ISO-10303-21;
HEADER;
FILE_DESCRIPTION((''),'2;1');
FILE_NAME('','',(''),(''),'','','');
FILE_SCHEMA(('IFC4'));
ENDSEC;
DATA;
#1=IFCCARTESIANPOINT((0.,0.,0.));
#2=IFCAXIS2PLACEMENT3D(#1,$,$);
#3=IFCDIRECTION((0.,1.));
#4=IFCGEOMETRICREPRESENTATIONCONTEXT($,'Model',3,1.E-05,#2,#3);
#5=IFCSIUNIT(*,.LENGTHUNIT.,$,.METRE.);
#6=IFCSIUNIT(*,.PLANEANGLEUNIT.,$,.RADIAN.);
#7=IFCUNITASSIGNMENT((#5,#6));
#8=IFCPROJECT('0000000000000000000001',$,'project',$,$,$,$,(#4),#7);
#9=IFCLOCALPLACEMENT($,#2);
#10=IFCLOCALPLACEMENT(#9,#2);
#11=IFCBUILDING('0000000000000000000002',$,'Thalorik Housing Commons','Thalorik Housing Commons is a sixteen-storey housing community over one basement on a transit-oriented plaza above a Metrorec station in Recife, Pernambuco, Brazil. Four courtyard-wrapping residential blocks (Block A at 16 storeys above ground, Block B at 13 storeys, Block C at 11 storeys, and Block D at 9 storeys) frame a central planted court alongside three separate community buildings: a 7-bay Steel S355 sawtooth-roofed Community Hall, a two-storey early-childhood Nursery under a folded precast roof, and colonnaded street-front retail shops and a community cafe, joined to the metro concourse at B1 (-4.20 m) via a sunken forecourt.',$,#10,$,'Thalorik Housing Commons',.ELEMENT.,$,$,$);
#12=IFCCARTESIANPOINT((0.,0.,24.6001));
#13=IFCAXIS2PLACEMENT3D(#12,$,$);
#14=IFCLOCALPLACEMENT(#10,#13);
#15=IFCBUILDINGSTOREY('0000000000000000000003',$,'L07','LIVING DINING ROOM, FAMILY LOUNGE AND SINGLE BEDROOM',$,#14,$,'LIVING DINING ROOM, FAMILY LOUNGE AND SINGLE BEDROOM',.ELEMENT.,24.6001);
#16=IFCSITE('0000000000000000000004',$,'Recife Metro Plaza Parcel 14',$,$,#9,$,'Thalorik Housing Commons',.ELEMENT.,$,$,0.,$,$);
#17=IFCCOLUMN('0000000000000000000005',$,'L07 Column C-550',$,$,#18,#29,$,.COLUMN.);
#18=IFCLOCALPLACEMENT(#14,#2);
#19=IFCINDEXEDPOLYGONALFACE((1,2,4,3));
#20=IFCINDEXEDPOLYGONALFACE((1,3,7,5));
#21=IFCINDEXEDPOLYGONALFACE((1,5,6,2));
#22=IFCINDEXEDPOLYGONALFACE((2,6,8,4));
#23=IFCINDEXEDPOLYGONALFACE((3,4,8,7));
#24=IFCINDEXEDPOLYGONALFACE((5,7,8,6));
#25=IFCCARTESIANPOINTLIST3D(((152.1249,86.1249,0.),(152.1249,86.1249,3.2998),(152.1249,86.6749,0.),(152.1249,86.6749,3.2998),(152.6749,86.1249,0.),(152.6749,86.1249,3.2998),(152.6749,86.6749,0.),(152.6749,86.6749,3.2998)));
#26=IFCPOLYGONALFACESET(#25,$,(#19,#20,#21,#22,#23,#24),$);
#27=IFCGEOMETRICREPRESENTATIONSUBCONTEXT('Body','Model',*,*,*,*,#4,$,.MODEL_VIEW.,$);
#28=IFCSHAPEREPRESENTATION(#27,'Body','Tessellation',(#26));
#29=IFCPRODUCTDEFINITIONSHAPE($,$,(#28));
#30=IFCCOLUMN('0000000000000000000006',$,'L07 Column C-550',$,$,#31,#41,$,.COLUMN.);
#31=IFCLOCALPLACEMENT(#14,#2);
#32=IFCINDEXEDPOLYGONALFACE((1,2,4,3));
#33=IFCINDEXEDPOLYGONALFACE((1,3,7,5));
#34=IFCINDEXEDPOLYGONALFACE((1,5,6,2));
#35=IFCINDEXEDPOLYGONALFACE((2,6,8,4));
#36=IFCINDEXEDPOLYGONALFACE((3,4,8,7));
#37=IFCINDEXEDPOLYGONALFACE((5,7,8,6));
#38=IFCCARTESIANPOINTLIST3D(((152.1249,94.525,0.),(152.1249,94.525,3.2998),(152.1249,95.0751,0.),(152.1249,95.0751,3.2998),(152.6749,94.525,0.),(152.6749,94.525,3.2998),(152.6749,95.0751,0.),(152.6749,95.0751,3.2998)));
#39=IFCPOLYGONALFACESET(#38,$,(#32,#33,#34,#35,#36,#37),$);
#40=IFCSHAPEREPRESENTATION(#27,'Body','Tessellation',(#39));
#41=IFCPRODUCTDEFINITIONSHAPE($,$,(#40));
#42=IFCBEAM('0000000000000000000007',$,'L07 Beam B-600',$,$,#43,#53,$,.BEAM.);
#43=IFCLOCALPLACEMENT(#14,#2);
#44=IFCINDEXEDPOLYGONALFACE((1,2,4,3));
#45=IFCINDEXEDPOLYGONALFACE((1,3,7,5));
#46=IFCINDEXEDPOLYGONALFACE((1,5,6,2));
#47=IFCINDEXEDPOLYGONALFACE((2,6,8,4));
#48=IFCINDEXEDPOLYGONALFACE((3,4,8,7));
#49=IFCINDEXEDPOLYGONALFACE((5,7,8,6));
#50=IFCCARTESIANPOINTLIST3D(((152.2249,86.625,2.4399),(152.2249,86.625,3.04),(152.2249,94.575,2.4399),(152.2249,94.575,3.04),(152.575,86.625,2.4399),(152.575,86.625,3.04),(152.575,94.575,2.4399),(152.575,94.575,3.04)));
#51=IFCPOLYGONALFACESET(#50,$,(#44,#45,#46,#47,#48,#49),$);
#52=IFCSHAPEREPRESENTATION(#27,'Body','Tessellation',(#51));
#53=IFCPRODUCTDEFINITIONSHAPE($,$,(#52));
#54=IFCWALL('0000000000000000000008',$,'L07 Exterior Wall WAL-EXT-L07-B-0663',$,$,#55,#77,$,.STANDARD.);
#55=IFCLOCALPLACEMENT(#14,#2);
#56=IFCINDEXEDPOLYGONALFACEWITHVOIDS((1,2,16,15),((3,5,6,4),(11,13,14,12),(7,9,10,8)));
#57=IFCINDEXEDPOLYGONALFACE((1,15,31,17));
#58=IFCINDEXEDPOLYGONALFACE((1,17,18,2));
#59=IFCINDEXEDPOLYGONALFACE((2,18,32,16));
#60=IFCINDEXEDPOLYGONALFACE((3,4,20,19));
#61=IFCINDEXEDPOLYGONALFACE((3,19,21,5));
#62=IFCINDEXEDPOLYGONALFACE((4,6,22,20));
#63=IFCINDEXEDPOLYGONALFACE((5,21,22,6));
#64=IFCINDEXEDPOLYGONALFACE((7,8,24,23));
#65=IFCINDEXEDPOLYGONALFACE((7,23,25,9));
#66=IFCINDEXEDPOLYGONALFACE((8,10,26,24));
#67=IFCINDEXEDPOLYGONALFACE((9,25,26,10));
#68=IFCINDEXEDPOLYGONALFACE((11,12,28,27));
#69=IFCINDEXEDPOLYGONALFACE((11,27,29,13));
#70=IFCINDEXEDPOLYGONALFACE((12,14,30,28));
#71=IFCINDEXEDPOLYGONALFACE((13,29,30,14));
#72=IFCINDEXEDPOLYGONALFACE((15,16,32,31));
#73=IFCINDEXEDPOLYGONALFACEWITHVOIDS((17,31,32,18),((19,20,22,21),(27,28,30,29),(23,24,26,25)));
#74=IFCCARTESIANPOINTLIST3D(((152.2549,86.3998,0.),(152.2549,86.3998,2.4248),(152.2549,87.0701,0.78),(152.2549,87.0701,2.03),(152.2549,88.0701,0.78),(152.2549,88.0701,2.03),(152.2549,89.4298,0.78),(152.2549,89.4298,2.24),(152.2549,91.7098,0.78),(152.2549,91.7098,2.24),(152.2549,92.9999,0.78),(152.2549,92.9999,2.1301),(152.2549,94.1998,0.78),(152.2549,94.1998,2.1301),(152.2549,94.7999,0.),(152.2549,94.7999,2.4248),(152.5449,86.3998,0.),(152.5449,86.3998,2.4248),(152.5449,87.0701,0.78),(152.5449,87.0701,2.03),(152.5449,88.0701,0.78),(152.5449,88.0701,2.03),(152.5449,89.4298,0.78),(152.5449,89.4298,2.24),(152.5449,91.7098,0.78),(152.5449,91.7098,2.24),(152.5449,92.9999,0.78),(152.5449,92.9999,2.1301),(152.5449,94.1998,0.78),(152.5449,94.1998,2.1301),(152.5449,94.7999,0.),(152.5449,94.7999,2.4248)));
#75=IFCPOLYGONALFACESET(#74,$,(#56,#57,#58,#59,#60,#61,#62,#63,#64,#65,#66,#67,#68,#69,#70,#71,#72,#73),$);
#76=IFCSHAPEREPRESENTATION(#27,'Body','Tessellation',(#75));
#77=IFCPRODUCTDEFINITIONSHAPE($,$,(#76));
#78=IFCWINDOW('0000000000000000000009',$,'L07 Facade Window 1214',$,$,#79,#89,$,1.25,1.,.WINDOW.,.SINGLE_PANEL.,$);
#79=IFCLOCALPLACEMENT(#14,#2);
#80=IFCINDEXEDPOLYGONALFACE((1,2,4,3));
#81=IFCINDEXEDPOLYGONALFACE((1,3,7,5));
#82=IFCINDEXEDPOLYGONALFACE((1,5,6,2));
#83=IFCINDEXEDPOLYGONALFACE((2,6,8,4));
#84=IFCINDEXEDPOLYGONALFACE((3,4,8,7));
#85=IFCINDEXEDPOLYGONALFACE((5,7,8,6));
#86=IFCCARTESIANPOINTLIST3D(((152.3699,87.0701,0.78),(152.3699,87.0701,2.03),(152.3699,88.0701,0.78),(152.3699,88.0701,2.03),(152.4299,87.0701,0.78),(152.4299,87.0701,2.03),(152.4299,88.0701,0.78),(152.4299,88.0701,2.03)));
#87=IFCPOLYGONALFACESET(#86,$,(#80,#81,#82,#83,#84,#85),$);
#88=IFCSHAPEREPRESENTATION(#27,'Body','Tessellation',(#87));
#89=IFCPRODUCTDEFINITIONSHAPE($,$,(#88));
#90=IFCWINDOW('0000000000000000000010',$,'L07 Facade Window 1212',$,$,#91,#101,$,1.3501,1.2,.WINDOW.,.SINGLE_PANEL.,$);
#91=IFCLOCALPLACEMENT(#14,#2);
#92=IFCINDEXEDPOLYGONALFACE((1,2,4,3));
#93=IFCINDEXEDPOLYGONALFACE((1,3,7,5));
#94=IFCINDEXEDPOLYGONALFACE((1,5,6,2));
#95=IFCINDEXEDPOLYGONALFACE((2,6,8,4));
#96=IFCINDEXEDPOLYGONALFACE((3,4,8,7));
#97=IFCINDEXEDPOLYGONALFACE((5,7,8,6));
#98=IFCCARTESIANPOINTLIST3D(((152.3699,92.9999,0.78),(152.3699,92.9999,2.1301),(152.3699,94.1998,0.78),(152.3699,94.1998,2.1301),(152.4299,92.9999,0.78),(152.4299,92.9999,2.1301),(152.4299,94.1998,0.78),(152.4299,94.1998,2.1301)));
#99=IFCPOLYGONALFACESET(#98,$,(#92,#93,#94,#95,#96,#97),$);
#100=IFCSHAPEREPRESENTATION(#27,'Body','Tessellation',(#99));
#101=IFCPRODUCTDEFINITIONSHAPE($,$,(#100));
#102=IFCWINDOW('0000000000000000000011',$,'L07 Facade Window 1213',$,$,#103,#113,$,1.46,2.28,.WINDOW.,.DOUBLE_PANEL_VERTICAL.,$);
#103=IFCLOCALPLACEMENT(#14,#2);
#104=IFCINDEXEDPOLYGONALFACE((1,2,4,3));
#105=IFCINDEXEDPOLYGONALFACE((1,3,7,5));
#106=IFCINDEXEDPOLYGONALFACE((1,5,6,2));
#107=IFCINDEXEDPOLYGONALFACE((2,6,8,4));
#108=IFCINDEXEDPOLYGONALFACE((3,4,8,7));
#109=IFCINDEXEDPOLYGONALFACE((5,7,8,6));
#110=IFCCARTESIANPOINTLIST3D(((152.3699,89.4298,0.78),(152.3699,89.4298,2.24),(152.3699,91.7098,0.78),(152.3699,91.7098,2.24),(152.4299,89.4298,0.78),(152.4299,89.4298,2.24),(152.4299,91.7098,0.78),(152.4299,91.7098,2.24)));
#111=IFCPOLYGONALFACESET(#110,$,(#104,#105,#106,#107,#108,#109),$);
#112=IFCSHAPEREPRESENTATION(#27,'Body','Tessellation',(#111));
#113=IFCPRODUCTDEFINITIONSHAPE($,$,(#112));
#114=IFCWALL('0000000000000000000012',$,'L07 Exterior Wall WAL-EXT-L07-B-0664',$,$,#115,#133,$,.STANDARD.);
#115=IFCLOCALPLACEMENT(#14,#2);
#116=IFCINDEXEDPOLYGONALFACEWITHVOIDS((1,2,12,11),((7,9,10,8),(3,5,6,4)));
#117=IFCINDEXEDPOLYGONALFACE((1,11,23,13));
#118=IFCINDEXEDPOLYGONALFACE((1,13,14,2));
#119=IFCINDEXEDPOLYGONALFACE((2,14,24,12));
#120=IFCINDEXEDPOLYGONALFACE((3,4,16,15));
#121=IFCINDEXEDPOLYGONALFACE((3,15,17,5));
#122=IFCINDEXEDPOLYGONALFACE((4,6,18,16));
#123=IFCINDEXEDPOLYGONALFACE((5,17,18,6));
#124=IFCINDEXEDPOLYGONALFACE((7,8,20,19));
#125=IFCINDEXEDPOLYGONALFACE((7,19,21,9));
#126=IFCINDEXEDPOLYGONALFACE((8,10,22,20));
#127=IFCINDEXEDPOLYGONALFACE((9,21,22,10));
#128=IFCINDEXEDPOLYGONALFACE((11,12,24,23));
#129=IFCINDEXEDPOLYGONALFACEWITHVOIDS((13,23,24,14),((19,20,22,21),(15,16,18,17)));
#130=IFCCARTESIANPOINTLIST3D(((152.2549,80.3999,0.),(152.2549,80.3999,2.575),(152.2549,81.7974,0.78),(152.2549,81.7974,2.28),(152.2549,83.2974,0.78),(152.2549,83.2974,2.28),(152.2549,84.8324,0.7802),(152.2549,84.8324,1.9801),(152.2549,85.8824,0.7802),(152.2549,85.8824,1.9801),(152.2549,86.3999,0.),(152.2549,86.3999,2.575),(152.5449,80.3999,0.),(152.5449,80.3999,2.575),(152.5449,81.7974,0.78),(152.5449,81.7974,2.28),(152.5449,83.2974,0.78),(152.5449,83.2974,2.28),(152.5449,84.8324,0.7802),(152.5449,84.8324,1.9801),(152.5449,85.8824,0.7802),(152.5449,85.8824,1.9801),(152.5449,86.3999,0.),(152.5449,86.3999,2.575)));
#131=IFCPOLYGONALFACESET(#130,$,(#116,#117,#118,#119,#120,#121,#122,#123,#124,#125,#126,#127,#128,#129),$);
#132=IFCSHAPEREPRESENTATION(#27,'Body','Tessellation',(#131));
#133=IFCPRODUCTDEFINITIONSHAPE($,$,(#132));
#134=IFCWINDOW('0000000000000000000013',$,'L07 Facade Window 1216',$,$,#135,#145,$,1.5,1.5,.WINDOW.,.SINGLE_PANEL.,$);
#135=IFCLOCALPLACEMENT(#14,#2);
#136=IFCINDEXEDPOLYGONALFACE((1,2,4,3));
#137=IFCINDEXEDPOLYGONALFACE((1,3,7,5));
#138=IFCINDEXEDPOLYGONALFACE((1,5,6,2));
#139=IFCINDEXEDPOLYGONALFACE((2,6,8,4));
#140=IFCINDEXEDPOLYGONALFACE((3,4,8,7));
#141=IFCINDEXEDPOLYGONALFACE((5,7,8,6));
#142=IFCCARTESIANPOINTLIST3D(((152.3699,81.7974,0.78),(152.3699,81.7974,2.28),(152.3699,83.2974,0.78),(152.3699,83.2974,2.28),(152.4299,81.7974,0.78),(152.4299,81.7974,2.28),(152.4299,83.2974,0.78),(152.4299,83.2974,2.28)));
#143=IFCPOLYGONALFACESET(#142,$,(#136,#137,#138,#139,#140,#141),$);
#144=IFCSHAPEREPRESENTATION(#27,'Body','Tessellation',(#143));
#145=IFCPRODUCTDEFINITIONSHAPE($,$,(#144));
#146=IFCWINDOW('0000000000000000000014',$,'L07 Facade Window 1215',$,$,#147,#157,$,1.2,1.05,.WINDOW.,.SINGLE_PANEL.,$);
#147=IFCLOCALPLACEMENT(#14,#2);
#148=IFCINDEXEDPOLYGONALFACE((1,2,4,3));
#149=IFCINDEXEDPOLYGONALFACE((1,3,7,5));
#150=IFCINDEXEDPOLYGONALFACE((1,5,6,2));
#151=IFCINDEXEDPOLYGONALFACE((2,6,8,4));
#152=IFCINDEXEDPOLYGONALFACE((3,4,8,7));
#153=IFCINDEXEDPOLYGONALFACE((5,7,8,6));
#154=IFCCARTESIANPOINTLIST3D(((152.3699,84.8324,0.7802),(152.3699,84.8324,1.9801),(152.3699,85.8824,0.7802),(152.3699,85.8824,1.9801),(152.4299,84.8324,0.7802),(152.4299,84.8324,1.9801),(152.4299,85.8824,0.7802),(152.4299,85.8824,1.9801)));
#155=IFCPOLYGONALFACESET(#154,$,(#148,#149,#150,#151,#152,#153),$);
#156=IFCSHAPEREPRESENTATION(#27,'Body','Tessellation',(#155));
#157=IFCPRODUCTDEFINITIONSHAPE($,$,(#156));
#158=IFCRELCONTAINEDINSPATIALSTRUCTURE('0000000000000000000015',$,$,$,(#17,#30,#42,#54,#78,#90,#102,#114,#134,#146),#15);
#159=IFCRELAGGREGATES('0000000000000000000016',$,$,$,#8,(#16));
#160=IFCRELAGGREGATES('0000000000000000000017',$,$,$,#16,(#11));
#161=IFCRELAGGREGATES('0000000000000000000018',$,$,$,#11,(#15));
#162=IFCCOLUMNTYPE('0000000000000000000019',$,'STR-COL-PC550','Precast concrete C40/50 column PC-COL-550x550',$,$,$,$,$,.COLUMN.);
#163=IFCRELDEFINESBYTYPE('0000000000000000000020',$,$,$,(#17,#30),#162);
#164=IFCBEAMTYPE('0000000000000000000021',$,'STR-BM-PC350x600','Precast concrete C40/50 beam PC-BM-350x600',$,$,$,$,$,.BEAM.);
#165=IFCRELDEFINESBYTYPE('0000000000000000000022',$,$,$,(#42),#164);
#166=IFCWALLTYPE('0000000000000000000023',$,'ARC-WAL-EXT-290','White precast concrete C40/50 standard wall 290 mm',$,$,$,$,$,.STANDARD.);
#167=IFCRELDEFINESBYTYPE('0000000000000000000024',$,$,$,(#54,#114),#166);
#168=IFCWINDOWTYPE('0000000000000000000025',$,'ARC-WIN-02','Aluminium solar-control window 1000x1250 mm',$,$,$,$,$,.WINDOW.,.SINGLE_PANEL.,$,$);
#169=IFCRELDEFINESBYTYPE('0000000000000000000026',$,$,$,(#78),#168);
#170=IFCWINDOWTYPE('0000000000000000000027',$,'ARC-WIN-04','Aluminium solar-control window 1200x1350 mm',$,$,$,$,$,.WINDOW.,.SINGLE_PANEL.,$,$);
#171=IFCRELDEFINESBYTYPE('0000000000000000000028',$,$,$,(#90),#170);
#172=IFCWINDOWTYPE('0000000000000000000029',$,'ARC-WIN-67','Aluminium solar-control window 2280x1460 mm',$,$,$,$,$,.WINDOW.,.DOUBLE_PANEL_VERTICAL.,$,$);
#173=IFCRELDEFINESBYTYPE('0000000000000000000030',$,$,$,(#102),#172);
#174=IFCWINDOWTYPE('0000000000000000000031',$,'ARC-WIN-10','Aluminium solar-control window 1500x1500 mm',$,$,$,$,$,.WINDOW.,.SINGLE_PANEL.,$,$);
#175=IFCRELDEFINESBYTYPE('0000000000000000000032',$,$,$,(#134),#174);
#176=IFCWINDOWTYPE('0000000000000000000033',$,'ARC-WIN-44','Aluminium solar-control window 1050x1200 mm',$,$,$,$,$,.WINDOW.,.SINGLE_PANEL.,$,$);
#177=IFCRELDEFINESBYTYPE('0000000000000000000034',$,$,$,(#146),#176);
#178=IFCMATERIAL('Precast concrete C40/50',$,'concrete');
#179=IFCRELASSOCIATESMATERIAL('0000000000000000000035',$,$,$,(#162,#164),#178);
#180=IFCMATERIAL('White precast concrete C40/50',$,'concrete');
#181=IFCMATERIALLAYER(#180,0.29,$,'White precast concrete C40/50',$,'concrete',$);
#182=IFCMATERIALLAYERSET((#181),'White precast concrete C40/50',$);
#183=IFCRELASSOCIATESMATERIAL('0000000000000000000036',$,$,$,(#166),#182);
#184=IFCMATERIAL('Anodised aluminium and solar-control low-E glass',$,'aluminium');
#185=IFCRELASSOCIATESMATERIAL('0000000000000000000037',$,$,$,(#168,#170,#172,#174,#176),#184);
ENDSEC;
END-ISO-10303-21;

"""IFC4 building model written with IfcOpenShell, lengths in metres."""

from ifc_helpers import new_model, si_unit, direction, frame, frame_2d, origin, origin_2d, place, context, subcontext, project, spatial, rectangle, extrude, material, layer, layer_set, material_profile, profile_set, type_object, element, fill, save


model = new_model("IFC4")

# Units and contexts
model_context = context("Model", 3, precision=1e-05, world=origin(), true_north=direction((0.0, 1.0)))
body_context = subcontext(model_context, "Body", "Model", "MODEL_VIEW")
ifc_project = project(units=[si_unit("LENGTHUNIT", "METRE"), si_unit("PLANEANGLEUNIT", "RADIAN")], contexts=[model_context])

# Site, building, storey
site_placement = place(None, origin())
site = spatial("IfcSite", under=ifc_project, at=site_placement, Name="Recife Metro Plaza Parcel 14", LongName="Thalorik Housing Commons", CompositionType="ELEMENT", RefElevation=0.0)
building_placement = place(site_placement, origin())
building = spatial("IfcBuilding", under=site, at=building_placement, Name="Thalorik Housing Commons", Description="Thalorik Housing Commons is a sixteen-storey housing community over one basement on a transit-oriented plaza above a Metrorec station in Recife, Pernambuco, Brazil. Four courtyard-wrapping residential blocks (Block A at 16 storeys above ground, Block B at 13 storeys, Block C at 11 storeys, and Block D at 9 storeys) frame a central planted court alongside three separate community buildings: a 7-bay Steel S355 sawtooth-roofed Community Hall, a two-storey early-childhood Nursery under a folded precast roof, and colonnaded street-front retail shops and a community cafe, joined to the metro concourse at B1 (-4.20 m) via a sunken forecourt.", LongName="Thalorik Housing Commons", CompositionType="ELEMENT")
storey_placement = place(building_placement, frame((0.0, 0.0, 24.6001)))
storey = spatial("IfcBuildingStorey", under=building, at=storey_placement, Name="L07", Description="LIVING DINING ROOM, FAMILY LOUNGE AND SINGLE BEDROOM", LongName="LIVING DINING ROOM, FAMILY LOUNGE AND SINGLE BEDROOM", CompositionType="ELEMENT", Elevation=24.6001)

# Columns
ifc_material_1 = material(Name="Precast concrete C40/50", Category="concrete")
ifc_material_profile_1 = material_profile(ifc_material_1, rectangle(XDim=0.55, YDim=0.55, at=origin_2d()), Name="PC 550x550", Category="concrete")
ifc_profile_set_1 = profile_set([ifc_material_profile_1], Name="Precast concrete C40/50")
column_type = type_object("IfcColumnType", Name="STR-COL-PC550", Description="Precast concrete C40/50 column PC-COL-550x550", PredefinedType="COLUMN", material=ifc_profile_set_1)
for number, where, z_axis, x_axis, name in (
    (1, (152.3999, 86.3999, 0.0), (0.0, 0.0, 1.0), (1.0, 0.0, 0.0), "L07 Column C-550"),
    (2, (152.3999, 94.8, 0.0), (0.0, 0.0, 1.0), (1.0, 0.0, 0.0), "L07 Column C-550"),
):
    element("IfcColumn", number, at=place(storey_placement, frame(where, z_axis=z_axis, x_axis=x_axis)), inside=storey, type_object=column_type, Name=name, PredefinedType="COLUMN", context=body_context, shape_type="SweptSolid", body=[
        extrude(rectangle(XDim=0.55, YDim=0.55, at=origin_2d()), origin(), (0.0, 0.0, 1.0), 3.2998),
    ])

# Beam
ifc_material_profile_2 = material_profile(ifc_material_1, rectangle(XDim=0.3501, YDim=0.6001, at=origin_2d()), Name="PC 350x600", Category="concrete")
ifc_profile_set_2 = profile_set([ifc_material_profile_2], Name="Precast concrete C40/50")
beam_type = type_object("IfcBeamType", Name="STR-BM-PC350x600", Description="Precast concrete C40/50 beam PC-BM-350x600", PredefinedType="BEAM", material=ifc_profile_set_2)
beam_placement = place(storey_placement, frame((152.3999, 86.625, 2.74), z_axis=(0.0, 1.0, 0.0), x_axis=(-1.0, 0.0, 0.0)))
element("IfcBeam", 3, at=beam_placement, inside=storey, type_object=beam_type, Name="L07 Beam B-600", PredefinedType="BEAM", context=body_context, shape_type="SweptSolid", body=[
    extrude(rectangle(XDim=0.3501, YDim=0.6001, at=origin_2d()), origin(), (0.0, 0.0, 1.0), 7.95),
])

# Walls, openings, windows
ifc_material_2 = material(Name="White precast concrete C40/50", Category="concrete")
ifc_layer_1 = layer(ifc_material_2, 0.29, Name="White precast concrete C40/50", Category="concrete")
ifc_layer_set_1 = layer_set([ifc_layer_1], Name="White precast concrete C40/50")
wall_type_1 = type_object("IfcWallType", Name="ARC-WAL-EXT-290", Description="White precast concrete C40/50 standard wall 290 mm", PredefinedType="STANDARD", material=ifc_layer_set_1)
wall_1_placement = place(storey_placement, frame((152.3999, 94.8, 0.0), z_axis=(0.0, 0.0, 1.0), x_axis=(0.0, -1.0, 0.0)))
wall_1 = element("IfcWall", 4, at=wall_1_placement, inside=storey, type_object=wall_type_1, Name="L07 Exterior Wall WAL-EXT-L07-B-0663", PredefinedType="STANDARD", context=body_context, shape_type="SweptSolid", body=[
    extrude(rectangle(XDim=8.4001, YDim=0.29, at=frame_2d((4.2002, 0.0))), origin(), (0.0, 0.0, 1.0), 2.4248),
])
opening_1_placement = place(wall_1_placement, frame((0.6001, 0.0, 0.78)))
opening_1 = element("IfcOpeningElement", 5, at=opening_1_placement, cuts=wall_1, PredefinedType="OPENING", context=body_context, shape_type="SweptSolid", body=[
    extrude(rectangle(XDim=1.2, YDim=1.3501, at=frame_2d((0.6001, 0.675))), frame((0.0, 0.155, 0.0), z_axis=(0.0, -1.0, 0.0), x_axis=(1.0, 0.0, 0.0)), (0.0, 0.0, 1.0), 0.3101),
])
opening_2_placement = place(wall_1_placement, frame((3.0901, 0.0, 0.78)))
opening_2 = element("IfcOpeningElement", 6, at=opening_2_placement, cuts=wall_1, PredefinedType="OPENING", context=body_context, shape_type="SweptSolid", body=[
    extrude(rectangle(XDim=2.28, YDim=1.46, at=frame_2d((1.1401, 0.73))), frame((0.0, 0.155, 0.0), z_axis=(0.0, -1.0, 0.0), x_axis=(1.0, 0.0, 0.0)), (0.0, 0.0, 1.0), 0.3101),
])
opening_3_placement = place(wall_1_placement, frame((6.73, 0.0, 0.78)))
opening_3 = element("IfcOpeningElement", 7, at=opening_3_placement, cuts=wall_1, PredefinedType="OPENING", context=body_context, shape_type="SweptSolid", body=[
    extrude(rectangle(XDim=1.0, YDim=1.25, at=frame_2d((0.5, 0.625))), frame((0.0, 0.155, 0.0), z_axis=(0.0, -1.0, 0.0), x_axis=(1.0, 0.0, 0.0)), (0.0, 0.0, 1.0), 0.3101),
])
ifc_material_3 = material(Name="Anodised aluminium and solar-control low-E glass", Category="aluminium")
window_type_1 = type_object("IfcWindowType", Name="ARC-WIN-02", Description="Aluminium solar-control window 1000x1250 mm", PartitioningType="SINGLE_PANEL", PredefinedType="WINDOW", material=ifc_material_3)
window_1_placement = place(opening_3_placement, origin())
window_1 = element("IfcWindow", 8, at=window_1_placement, inside=storey, type_object=window_type_1, Name="L07 Facade Window 1214", OverallHeight=1.25, OverallWidth=1.0, PartitioningType="SINGLE_PANEL", PredefinedType="WINDOW", context=body_context, shape_type="SweptSolid", body=[
    extrude(rectangle(XDim=1.0, YDim=1.25, at=frame_2d((0.5, 0.625))), frame((0.0, 0.03, 0.0), z_axis=(0.0, -1.0, 0.0), x_axis=(1.0, 0.0, 0.0)), (0.0, 0.0, 1.0), 0.0601),
])
fill(opening_3, window_1)
window_type_2 = type_object("IfcWindowType", Name="ARC-WIN-04", Description="Aluminium solar-control window 1200x1350 mm", PartitioningType="SINGLE_PANEL", PredefinedType="WINDOW", material=ifc_material_3)
window_2_placement = place(opening_1_placement, origin())
window_2 = element("IfcWindow", 9, at=window_2_placement, inside=storey, type_object=window_type_2, Name="L07 Facade Window 1212", OverallHeight=1.3501, OverallWidth=1.2, PartitioningType="SINGLE_PANEL", PredefinedType="WINDOW", context=body_context, shape_type="SweptSolid", body=[
    extrude(rectangle(XDim=1.2, YDim=1.3501, at=frame_2d((0.6001, 0.675))), frame((0.0, 0.03, 0.0), z_axis=(0.0, -1.0, 0.0), x_axis=(1.0, 0.0, 0.0)), (0.0, 0.0, 1.0), 0.0601),
])
fill(opening_1, window_2)
window_type_3 = type_object("IfcWindowType", Name="ARC-WIN-67", Description="Aluminium solar-control window 2280x1460 mm", PartitioningType="DOUBLE_PANEL_VERTICAL", PredefinedType="WINDOW", material=ifc_material_3)
window_3_placement = place(opening_2_placement, origin())
window_3 = element("IfcWindow", 10, at=window_3_placement, inside=storey, type_object=window_type_3, Name="L07 Facade Window 1213", OverallHeight=1.46, OverallWidth=2.28, PartitioningType="DOUBLE_PANEL_VERTICAL", PredefinedType="WINDOW", context=body_context, shape_type="SweptSolid", body=[
    extrude(rectangle(XDim=2.28, YDim=1.46, at=frame_2d((1.1401, 0.73))), frame((0.0, 0.03, 0.0), z_axis=(0.0, -1.0, 0.0), x_axis=(1.0, 0.0, 0.0)), (0.0, 0.0, 1.0), 0.0601),
])
fill(opening_2, window_3)
wall_2_placement = place(storey_placement, frame((152.3999, 86.3999, 0.0), z_axis=(0.0, 0.0, 1.0), x_axis=(0.0, -1.0, 0.0)))
wall_2 = element("IfcWall", 11, at=wall_2_placement, inside=storey, type_object=wall_type_1, Name="L07 Exterior Wall WAL-EXT-L07-B-0664", PredefinedType="STANDARD", context=body_context, shape_type="SweptSolid", body=[
    extrude(rectangle(XDim=6.0, YDim=0.29, at=frame_2d((3.0, 0.0))), origin(), (0.0, 0.0, 1.0), 2.575),
])
opening_4_placement = place(wall_2_placement, frame((0.5176, 0.0, 0.78)))
opening_4 = element("IfcOpeningElement", 12, at=opening_4_placement, cuts=wall_2, PredefinedType="OPENING", context=body_context, shape_type="SweptSolid", body=[
    extrude(rectangle(XDim=1.05, YDim=1.2, at=frame_2d((0.5249, 0.6001))), frame((0.0, 0.155, 0.0), z_axis=(0.0, -1.0, 0.0), x_axis=(1.0, 0.0, 0.0)), (0.0, 0.0, 1.0), 0.3101),
])
opening_5_placement = place(wall_2_placement, frame((3.1025, 0.0, 0.78)))
opening_5 = element("IfcOpeningElement", 13, at=opening_5_placement, cuts=wall_2, PredefinedType="OPENING", context=body_context, shape_type="SweptSolid", body=[
    extrude(rectangle(XDim=1.5, YDim=1.5, at=frame_2d((0.75, 0.75))), frame((0.0, 0.155, 0.0), z_axis=(0.0, -1.0, 0.0), x_axis=(1.0, 0.0, 0.0)), (0.0, 0.0, 1.0), 0.3101),
])
window_type_4 = type_object("IfcWindowType", Name="ARC-WIN-10", Description="Aluminium solar-control window 1500x1500 mm", PartitioningType="SINGLE_PANEL", PredefinedType="WINDOW", material=ifc_material_3)
window_4_placement = place(opening_5_placement, origin())
window_4 = element("IfcWindow", 14, at=window_4_placement, inside=storey, type_object=window_type_4, Name="L07 Facade Window 1216", OverallHeight=1.5, OverallWidth=1.5, PartitioningType="SINGLE_PANEL", PredefinedType="WINDOW", context=body_context, shape_type="SweptSolid", body=[
    extrude(rectangle(XDim=1.5, YDim=1.5, at=frame_2d((0.75, 0.75))), frame((0.0, 0.03, 0.0), z_axis=(0.0, -1.0, 0.0), x_axis=(1.0, 0.0, 0.0)), (0.0, 0.0, 1.0), 0.0601),
])
fill(opening_5, window_4)
window_type_5 = type_object("IfcWindowType", Name="ARC-WIN-44", Description="Aluminium solar-control window 1050x1200 mm", PartitioningType="SINGLE_PANEL", PredefinedType="WINDOW", material=ifc_material_3)
window_5_placement = place(opening_4_placement, origin())
window_5 = element("IfcWindow", 15, at=window_5_placement, inside=storey, type_object=window_type_5, Name="L07 Facade Window 1215", OverallHeight=1.2, OverallWidth=1.05, PartitioningType="SINGLE_PANEL", PredefinedType="WINDOW", context=body_context, shape_type="SweptSolid", body=[
    extrude(rectangle(XDim=1.05, YDim=1.2, at=frame_2d((0.5249, 0.6001))), frame((0.0, 0.03, 0.0), z_axis=(0.0, -1.0, 0.0), x_axis=(1.0, 0.0, 0.0)), (0.0, 0.0, 1.0), 0.0601),
])
fill(opening_4, window_5)

save(model, "model.ifc")
